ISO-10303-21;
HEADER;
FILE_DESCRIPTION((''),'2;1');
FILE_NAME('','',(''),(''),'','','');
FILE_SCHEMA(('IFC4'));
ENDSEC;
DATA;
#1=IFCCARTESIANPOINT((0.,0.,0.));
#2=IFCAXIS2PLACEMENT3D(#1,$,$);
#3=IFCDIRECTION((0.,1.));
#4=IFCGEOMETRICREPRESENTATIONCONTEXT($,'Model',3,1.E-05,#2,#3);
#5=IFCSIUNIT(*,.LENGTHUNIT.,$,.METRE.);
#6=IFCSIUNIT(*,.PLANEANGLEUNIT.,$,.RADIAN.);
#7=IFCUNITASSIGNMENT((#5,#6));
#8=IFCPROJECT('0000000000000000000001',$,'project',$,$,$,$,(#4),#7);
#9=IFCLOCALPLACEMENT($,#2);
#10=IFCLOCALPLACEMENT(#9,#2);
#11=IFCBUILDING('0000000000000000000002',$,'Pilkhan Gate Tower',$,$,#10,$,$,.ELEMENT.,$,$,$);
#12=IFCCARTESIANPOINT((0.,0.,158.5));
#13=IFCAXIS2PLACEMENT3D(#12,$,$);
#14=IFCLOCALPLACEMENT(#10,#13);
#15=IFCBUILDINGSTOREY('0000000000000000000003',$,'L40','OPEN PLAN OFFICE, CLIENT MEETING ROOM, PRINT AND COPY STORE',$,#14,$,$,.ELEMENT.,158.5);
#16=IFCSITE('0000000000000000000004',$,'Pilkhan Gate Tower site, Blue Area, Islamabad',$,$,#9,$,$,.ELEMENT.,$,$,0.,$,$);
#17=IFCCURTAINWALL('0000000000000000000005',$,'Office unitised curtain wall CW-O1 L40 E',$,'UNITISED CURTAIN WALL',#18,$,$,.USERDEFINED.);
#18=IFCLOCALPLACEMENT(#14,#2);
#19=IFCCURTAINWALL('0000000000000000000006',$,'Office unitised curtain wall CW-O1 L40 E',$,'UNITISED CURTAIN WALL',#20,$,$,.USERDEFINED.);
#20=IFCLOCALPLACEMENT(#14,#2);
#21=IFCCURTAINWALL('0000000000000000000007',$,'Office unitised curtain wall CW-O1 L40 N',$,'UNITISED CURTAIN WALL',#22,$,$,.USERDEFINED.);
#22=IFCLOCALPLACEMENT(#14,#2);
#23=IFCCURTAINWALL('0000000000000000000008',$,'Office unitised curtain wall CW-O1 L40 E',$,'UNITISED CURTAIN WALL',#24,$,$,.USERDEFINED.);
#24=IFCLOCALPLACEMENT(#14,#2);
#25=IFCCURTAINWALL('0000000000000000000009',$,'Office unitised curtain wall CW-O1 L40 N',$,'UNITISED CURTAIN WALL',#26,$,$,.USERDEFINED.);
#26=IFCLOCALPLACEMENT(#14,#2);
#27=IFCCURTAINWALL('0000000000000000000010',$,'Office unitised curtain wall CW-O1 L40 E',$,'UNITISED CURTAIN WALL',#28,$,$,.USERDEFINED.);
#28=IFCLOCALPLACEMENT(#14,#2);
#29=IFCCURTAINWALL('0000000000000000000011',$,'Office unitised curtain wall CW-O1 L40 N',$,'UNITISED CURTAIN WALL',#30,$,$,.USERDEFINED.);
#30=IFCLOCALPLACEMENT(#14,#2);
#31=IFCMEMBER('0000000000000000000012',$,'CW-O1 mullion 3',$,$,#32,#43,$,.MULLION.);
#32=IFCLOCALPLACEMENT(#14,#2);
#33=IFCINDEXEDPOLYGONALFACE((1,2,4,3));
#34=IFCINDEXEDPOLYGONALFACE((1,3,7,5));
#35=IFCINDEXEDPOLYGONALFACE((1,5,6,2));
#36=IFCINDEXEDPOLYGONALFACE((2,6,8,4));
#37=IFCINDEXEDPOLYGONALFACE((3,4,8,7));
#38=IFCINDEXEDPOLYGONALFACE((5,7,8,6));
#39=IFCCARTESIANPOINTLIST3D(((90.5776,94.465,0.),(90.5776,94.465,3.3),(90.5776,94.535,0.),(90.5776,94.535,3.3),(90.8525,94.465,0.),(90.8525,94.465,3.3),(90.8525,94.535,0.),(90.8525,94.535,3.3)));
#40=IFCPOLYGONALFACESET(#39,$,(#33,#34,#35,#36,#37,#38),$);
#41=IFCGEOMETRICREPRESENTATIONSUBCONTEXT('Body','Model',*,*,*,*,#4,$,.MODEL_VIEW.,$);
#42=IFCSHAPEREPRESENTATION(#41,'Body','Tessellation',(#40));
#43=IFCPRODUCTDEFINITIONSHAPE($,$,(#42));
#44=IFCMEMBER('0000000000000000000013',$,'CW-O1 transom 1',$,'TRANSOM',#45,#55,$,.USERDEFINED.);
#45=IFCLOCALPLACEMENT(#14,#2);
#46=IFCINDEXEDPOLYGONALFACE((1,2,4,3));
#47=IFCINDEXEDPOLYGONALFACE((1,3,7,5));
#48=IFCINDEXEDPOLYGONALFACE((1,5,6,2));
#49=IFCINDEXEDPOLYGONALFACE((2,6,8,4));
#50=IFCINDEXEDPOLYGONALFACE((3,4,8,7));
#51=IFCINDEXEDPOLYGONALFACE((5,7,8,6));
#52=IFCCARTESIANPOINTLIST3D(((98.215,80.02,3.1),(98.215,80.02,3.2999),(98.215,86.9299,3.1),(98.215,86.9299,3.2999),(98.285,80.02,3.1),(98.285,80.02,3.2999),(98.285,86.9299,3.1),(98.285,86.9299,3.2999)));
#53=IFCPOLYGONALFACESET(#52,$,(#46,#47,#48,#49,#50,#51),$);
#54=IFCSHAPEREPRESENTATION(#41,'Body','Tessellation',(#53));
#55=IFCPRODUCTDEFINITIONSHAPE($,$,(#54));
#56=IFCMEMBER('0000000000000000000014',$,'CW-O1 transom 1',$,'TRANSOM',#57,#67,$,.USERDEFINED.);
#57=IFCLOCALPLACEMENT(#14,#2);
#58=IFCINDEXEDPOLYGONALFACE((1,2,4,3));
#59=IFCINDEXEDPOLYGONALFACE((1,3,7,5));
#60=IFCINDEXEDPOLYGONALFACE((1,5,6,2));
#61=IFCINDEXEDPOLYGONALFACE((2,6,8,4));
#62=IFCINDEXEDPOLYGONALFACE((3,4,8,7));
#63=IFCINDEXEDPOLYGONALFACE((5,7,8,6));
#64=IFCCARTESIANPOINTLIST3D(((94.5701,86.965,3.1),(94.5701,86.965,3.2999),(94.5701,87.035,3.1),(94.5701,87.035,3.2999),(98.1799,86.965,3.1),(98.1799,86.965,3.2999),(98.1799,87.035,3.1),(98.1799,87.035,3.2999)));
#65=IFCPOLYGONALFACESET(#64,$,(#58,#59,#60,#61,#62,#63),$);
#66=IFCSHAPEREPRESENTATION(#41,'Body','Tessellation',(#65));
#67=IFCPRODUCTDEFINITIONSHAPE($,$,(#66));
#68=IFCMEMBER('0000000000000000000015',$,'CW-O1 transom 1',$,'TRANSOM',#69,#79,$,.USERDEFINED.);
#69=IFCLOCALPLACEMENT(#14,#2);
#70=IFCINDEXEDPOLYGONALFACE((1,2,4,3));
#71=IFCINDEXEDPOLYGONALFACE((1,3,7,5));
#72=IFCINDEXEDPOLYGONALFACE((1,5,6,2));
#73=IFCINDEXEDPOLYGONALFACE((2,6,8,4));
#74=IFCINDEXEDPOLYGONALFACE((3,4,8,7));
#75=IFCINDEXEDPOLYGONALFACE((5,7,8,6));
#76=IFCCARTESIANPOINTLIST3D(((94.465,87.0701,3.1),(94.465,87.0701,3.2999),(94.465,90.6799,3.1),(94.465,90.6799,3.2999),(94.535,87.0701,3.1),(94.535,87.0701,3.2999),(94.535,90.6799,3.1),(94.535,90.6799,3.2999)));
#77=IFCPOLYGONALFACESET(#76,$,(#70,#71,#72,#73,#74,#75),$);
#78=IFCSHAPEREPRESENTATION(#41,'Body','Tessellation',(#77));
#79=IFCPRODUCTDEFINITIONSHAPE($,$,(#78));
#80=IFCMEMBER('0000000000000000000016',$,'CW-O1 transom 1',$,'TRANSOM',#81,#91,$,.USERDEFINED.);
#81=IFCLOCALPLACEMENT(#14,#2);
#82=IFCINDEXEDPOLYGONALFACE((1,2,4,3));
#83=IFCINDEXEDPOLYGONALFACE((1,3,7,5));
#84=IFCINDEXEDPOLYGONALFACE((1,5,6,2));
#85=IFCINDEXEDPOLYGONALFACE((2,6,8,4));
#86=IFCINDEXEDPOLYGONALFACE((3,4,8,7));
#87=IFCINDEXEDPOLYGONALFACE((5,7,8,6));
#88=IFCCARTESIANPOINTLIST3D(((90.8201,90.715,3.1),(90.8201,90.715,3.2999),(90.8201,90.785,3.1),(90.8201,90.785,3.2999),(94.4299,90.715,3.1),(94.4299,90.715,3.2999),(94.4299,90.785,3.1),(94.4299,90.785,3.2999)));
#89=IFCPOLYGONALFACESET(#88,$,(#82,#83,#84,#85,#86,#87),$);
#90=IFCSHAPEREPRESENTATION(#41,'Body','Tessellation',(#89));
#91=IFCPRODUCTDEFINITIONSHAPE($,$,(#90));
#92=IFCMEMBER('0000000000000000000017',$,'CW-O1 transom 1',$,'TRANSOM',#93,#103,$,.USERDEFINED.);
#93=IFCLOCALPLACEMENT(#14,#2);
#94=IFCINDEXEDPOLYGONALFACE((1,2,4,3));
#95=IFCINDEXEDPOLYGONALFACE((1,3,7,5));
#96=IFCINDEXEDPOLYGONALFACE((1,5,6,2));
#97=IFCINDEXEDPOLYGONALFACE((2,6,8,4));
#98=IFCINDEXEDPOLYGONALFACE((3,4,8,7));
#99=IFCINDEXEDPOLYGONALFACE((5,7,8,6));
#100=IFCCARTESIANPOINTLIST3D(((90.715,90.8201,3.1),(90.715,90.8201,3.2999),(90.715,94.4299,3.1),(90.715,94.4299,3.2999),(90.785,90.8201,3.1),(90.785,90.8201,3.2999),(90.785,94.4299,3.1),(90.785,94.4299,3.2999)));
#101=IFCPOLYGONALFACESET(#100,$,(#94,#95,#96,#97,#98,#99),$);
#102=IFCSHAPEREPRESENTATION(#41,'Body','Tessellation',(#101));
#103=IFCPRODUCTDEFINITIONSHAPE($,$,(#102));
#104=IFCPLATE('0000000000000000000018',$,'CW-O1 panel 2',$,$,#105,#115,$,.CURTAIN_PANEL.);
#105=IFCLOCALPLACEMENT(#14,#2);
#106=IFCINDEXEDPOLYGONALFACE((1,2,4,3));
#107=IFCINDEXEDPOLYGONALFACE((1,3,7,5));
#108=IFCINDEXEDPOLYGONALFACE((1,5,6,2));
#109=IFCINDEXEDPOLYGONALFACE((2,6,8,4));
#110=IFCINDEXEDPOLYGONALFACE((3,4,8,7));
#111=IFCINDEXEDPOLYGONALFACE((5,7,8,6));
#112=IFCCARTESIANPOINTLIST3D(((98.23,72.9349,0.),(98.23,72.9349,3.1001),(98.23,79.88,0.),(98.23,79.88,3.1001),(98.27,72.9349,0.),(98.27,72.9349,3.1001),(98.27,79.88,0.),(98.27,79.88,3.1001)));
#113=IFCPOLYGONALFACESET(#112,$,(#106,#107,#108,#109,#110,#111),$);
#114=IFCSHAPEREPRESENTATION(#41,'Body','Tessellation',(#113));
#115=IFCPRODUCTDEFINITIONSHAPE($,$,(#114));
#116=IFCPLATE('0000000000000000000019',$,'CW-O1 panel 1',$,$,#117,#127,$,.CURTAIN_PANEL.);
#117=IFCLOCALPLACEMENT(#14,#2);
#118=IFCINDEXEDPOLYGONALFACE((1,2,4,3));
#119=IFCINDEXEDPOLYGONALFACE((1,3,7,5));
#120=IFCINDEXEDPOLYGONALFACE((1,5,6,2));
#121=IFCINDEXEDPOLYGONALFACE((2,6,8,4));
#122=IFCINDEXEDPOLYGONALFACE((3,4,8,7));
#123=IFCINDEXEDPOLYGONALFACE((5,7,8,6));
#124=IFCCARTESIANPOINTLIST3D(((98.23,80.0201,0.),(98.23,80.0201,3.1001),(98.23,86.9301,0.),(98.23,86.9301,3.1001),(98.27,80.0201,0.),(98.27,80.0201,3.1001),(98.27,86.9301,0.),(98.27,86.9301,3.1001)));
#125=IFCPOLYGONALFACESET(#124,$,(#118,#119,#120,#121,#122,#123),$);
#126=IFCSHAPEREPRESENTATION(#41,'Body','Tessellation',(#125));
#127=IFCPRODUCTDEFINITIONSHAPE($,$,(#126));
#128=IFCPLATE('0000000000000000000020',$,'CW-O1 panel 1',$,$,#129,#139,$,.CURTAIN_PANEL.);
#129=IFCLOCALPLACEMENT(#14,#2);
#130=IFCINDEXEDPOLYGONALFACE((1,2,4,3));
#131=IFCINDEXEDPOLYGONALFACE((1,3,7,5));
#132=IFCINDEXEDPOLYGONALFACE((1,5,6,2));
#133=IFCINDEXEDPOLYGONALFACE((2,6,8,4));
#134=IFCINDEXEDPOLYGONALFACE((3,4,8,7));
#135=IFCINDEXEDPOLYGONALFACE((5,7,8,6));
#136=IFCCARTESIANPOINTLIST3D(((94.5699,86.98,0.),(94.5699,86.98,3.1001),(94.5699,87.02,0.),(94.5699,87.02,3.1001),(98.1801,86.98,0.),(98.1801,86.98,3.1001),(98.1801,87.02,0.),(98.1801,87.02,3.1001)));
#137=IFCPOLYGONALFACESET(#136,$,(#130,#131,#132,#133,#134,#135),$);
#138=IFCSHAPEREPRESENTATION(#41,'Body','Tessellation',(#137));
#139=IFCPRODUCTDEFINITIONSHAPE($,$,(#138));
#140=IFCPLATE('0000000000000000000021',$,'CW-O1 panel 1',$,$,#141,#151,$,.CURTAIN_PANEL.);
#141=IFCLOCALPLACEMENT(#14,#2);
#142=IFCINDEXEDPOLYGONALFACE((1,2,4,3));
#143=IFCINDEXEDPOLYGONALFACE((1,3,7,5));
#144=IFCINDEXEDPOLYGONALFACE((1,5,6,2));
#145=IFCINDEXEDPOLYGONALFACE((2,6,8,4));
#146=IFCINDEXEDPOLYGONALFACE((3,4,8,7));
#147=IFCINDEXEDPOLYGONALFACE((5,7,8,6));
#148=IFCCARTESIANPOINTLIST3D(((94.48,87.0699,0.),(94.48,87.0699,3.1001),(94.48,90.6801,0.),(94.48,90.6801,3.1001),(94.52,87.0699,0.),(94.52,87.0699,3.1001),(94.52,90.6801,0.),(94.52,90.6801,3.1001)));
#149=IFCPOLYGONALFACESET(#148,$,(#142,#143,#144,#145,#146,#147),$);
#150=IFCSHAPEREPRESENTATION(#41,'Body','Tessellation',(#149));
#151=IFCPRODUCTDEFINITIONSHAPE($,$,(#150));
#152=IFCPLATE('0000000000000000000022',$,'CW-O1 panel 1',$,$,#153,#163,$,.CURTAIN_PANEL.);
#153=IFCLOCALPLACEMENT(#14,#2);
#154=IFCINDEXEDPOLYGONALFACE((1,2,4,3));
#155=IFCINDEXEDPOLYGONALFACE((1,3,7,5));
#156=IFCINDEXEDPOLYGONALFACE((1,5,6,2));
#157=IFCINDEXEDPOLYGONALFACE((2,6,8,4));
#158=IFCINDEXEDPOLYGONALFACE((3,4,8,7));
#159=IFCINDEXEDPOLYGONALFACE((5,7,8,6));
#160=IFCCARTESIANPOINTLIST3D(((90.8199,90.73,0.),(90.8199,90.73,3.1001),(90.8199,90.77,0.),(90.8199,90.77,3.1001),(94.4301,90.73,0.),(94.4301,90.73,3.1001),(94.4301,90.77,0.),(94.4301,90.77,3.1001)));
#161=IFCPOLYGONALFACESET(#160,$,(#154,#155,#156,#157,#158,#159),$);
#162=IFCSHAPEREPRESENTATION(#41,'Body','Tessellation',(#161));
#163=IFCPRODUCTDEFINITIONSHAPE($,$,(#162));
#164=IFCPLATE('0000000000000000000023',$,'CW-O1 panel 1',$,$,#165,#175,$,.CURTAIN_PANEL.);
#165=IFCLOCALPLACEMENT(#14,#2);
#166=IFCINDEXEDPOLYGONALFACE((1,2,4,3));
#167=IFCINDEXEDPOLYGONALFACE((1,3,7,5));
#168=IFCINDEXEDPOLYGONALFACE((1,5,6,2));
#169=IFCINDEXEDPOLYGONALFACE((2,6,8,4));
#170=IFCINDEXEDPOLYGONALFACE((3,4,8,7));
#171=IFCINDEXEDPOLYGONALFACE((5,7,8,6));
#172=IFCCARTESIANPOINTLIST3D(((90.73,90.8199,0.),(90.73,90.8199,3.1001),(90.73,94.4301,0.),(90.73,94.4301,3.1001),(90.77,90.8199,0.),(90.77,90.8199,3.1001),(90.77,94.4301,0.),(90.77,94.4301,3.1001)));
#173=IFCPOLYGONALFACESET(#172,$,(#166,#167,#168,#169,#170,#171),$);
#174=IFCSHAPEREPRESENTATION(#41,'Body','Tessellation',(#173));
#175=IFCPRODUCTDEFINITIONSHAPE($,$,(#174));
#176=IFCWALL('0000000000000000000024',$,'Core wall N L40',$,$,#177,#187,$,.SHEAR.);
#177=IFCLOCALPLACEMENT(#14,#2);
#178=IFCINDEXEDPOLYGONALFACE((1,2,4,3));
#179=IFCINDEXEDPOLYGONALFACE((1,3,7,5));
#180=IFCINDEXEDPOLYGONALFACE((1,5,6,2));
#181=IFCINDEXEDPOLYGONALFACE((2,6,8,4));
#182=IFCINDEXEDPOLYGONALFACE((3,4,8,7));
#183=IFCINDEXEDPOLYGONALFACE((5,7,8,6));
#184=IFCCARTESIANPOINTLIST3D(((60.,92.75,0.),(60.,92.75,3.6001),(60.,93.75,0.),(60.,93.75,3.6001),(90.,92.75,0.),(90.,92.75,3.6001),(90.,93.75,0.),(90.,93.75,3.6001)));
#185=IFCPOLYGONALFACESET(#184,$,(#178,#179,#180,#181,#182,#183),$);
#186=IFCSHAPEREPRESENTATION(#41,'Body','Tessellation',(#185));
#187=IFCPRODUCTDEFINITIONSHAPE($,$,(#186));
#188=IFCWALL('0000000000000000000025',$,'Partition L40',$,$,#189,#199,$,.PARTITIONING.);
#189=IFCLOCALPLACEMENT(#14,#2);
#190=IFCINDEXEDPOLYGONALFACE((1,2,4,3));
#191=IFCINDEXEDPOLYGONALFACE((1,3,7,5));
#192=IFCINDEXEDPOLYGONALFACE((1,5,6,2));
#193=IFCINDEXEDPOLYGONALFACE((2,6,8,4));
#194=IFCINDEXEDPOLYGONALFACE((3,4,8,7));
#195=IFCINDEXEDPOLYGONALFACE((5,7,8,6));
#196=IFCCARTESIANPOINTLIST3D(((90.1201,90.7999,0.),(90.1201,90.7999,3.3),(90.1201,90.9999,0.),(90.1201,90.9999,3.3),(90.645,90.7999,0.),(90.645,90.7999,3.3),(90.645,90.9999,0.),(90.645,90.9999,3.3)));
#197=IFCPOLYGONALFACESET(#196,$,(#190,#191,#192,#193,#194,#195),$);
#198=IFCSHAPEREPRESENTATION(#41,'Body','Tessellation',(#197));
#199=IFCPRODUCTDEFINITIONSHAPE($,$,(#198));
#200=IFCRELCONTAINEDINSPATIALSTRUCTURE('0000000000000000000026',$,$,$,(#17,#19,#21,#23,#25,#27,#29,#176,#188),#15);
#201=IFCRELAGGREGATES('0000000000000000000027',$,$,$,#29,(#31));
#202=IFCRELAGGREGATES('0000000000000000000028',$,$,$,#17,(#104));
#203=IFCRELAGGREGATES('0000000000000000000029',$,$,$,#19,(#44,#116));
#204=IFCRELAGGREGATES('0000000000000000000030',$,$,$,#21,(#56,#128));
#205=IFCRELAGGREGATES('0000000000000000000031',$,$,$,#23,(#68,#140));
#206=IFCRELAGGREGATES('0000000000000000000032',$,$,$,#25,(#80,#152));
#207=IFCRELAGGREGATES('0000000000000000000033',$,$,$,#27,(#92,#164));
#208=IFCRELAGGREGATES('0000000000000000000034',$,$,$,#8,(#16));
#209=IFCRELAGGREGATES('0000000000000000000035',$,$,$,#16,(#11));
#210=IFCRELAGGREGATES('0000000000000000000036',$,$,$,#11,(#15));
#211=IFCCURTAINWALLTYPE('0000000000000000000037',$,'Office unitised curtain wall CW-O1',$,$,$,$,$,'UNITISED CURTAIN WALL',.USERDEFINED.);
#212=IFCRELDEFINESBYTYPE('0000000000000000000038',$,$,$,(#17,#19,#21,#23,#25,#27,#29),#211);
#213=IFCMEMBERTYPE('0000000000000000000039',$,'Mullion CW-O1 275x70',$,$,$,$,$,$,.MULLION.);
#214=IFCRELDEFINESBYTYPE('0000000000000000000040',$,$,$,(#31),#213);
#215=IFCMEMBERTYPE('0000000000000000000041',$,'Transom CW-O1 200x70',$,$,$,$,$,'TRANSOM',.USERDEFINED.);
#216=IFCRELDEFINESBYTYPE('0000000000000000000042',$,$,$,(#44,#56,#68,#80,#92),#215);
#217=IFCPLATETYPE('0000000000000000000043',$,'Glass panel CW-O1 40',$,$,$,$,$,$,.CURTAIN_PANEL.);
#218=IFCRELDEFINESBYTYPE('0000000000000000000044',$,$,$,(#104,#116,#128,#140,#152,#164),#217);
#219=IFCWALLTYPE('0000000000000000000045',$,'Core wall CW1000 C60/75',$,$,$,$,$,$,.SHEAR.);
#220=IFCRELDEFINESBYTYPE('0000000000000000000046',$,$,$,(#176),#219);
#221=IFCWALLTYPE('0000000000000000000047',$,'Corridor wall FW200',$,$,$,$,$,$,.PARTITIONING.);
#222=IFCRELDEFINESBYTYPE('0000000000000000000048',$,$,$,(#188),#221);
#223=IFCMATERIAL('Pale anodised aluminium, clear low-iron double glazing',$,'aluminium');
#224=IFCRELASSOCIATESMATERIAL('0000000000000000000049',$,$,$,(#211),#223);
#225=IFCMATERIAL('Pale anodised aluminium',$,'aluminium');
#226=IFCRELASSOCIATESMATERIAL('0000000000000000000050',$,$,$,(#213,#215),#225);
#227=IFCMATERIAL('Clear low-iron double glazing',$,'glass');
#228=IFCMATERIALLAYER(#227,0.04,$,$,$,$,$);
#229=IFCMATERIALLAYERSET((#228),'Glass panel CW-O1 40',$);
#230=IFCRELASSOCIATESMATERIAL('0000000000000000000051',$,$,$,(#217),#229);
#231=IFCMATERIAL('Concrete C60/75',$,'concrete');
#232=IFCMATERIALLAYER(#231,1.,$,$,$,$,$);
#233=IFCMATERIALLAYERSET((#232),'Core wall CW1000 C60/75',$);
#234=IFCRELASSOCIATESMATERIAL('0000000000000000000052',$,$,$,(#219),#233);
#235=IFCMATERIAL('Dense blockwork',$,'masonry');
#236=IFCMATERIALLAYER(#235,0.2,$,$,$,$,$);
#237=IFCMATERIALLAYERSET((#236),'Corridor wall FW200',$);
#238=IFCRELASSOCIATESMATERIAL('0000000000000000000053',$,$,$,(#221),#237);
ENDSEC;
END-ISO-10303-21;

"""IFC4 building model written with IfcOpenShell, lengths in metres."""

from ifc_helpers import new_model, si_unit, direction, frame, frame_2d, origin, origin_2d, place, context, subcontext, project, spatial, rectangle, extrude, material, layer, layer_set, material_profile, profile_set, type_object, element, aggregate, save


model = new_model("IFC4")

# Units and contexts
model_context = context("Model", 3, precision=1e-05, world=origin(), true_north=direction((0.0, 1.0)))
body_context = subcontext(model_context, "Body", "Model", "MODEL_VIEW")
ifc_project = project(units=[si_unit("LENGTHUNIT", "METRE"), si_unit("PLANEANGLEUNIT", "RADIAN")], contexts=[model_context])

# Site, building, storey
site_placement = place(None, origin())
site = spatial("IfcSite", under=ifc_project, at=site_placement, Name="Pilkhan Gate Tower site, Blue Area, Islamabad", CompositionType="ELEMENT", RefElevation=0.0)
building_placement = place(site_placement, origin())
building = spatial("IfcBuilding", under=site, at=building_placement, Name="Pilkhan Gate Tower", CompositionType="ELEMENT")
storey_placement = place(building_placement, frame((0.0, 0.0, 158.5)))
storey = spatial("IfcBuildingStorey", under=building, at=storey_placement, Name="L40", Description="OPEN PLAN OFFICE, CLIENT MEETING ROOM, PRINT AND COPY STORE", CompositionType="ELEMENT", Elevation=158.5)

# Shared definitions
ifc_material_1 = material(Name="Concrete C60/75", Category="concrete")

# Curtain wall
ifc_material_2 = material(Name="Pale anodised aluminium, clear low-iron double glazing", Category="aluminium")
curtain_wall_type = type_object("IfcCurtainWallType", Name="Office unitised curtain wall CW-O1", ElementType="UNITISED CURTAIN WALL", PredefinedType="USERDEFINED", material=ifc_material_2)
curtain_wall_1_placement = place(storey_placement, origin())
curtain_wall_1 = element("IfcCurtainWall", 1, at=curtain_wall_1_placement, inside=storey, type_object=curtain_wall_type, Name="Office unitised curtain wall CW-O1 L40 E", ObjectType="UNITISED CURTAIN WALL", PredefinedType="USERDEFINED")
ifc_material_3 = material(Name="Pale anodised aluminium", Category="aluminium")
ifc_material_profile_1 = material_profile(ifc_material_3, rectangle(XDim=0.0701, YDim=0.2749, at=origin_2d()), Name="Mullion 275x70")
ifc_profile_set_1 = profile_set([ifc_material_profile_1], Name="Pale anodised aluminium")
member_type_1 = type_object("IfcMemberType", Name="Mullion CW-O1 275x70", PredefinedType="MULLION", material=ifc_profile_set_1)

# Curtain walls
curtain_wall_2_placement = place(storey_placement, origin())
curtain_wall_2 = element("IfcCurtainWall", 2, at=curtain_wall_2_placement, inside=storey, type_object=curtain_wall_type, Name="Office unitised curtain wall CW-O1 L40 E", ObjectType="UNITISED CURTAIN WALL", PredefinedType="USERDEFINED")
curtain_wall_3_placement = place(storey_placement, origin())
curtain_wall_3 = element("IfcCurtainWall", 3, at=curtain_wall_3_placement, inside=storey, type_object=curtain_wall_type, Name="Office unitised curtain wall CW-O1 L40 N", ObjectType="UNITISED CURTAIN WALL", PredefinedType="USERDEFINED")
curtain_wall_4_placement = place(storey_placement, origin())
curtain_wall_4 = element("IfcCurtainWall", 4, at=curtain_wall_4_placement, inside=storey, type_object=curtain_wall_type, Name="Office unitised curtain wall CW-O1 L40 E", ObjectType="UNITISED CURTAIN WALL", PredefinedType="USERDEFINED")
curtain_wall_5_placement = place(storey_placement, origin())
curtain_wall_5 = element("IfcCurtainWall", 5, at=curtain_wall_5_placement, inside=storey, type_object=curtain_wall_type, Name="Office unitised curtain wall CW-O1 L40 N", ObjectType="UNITISED CURTAIN WALL", PredefinedType="USERDEFINED")
curtain_wall_6_placement = place(storey_placement, origin())
curtain_wall_6 = element("IfcCurtainWall", 6, at=curtain_wall_6_placement, inside=storey, type_object=curtain_wall_type, Name="Office unitised curtain wall CW-O1 L40 E", ObjectType="UNITISED CURTAIN WALL", PredefinedType="USERDEFINED")

# Curtain wall, member
curtain_wall_7_placement = place(storey_placement, origin())
curtain_wall_7 = element("IfcCurtainWall", 7, at=curtain_wall_7_placement, inside=storey, type_object=curtain_wall_type, Name="Office unitised curtain wall CW-O1 L40 N", ObjectType="UNITISED CURTAIN WALL", PredefinedType="USERDEFINED")
member_1_placement = place(storey_placement, frame((90.7151, 94.5, 0.0), z_axis=(0.0, 0.0, 1.0), x_axis=(0.0, 1.0, 0.0)))
member_1 = element("IfcMember", 8, at=member_1_placement, type_object=member_type_1, Name="CW-O1 mullion 3", PredefinedType="MULLION", context=body_context, shape_type="SweptSolid", body=[
    extrude(rectangle(XDim=0.0701, YDim=0.2749, at=origin_2d()), origin(), (0.0, 0.0, 1.0), 3.3),
])
aggregate(curtain_wall_7, [member_1])

# Members
ifc_material_profile_2 = material_profile(ifc_material_3, rectangle(XDim=0.0701, YDim=0.2, at=origin_2d()), Name="Transom 200x70")
ifc_profile_set_2 = profile_set([ifc_material_profile_2], Name="Pale anodised aluminium")
member_type_2 = type_object("IfcMemberType", Name="Transom CW-O1 200x70", ElementType="TRANSOM", PredefinedType="USERDEFINED", material=ifc_profile_set_2)
member_2_placement = place(storey_placement, frame((98.25, 80.02, 3.2), z_axis=(0.0, 1.0, 0.0), x_axis=(-1.0, 0.0, 0.0)))
member_2 = element("IfcMember", 9, at=member_2_placement, type_object=member_type_2, Name="CW-O1 transom 1", ObjectType="TRANSOM", PredefinedType="USERDEFINED", context=body_context, shape_type="SweptSolid", body=[
    extrude(rectangle(XDim=0.0701, YDim=0.2, at=origin_2d()), origin(), (0.0, 0.0, 1.0), 6.9099),
])
member_3_placement = place(storey_placement, frame((94.5701, 87.0, 3.2), z_axis=(1.0, 0.0, 0.0), x_axis=(0.0, 1.0, 0.0)))
member_3 = element("IfcMember", 10, at=member_3_placement, type_object=member_type_2, Name="CW-O1 transom 1", ObjectType="TRANSOM", PredefinedType="USERDEFINED", context=body_context, shape_type="SweptSolid", body=[
    extrude(rectangle(XDim=0.0701, YDim=0.2, at=origin_2d()), origin(), (0.0, 0.0, 1.0), 3.6099),
])
member_4_placement = place(storey_placement, frame((94.5, 87.0701, 3.2), z_axis=(0.0, 1.0, 0.0), x_axis=(-1.0, 0.0, 0.0)))
member_4 = element("IfcMember", 11, at=member_4_placement, type_object=member_type_2, Name="CW-O1 transom 1", ObjectType="TRANSOM", PredefinedType="USERDEFINED", context=body_context, shape_type="SweptSolid", body=[
    extrude(rectangle(XDim=0.0701, YDim=0.2, at=origin_2d()), origin(), (0.0, 0.0, 1.0), 3.6099),
])
member_5_placement = place(storey_placement, frame((90.8201, 90.75, 3.2), z_axis=(1.0, 0.0, 0.0), x_axis=(0.0, 1.0, 0.0)))
member_5 = element("IfcMember", 12, at=member_5_placement, type_object=member_type_2, Name="CW-O1 transom 1", ObjectType="TRANSOM", PredefinedType="USERDEFINED", context=body_context, shape_type="SweptSolid", body=[
    extrude(rectangle(XDim=0.0701, YDim=0.2, at=origin_2d()), origin(), (0.0, 0.0, 1.0), 3.6099),
])
member_6_placement = place(storey_placement, frame((90.75, 90.8201, 3.2), z_axis=(0.0, 1.0, 0.0), x_axis=(-1.0, 0.0, 0.0)))
member_6 = element("IfcMember", 13, at=member_6_placement, type_object=member_type_2, Name="CW-O1 transom 1", ObjectType="TRANSOM", PredefinedType="USERDEFINED", context=body_context, shape_type="SweptSolid", body=[
    extrude(rectangle(XDim=0.0701, YDim=0.2, at=origin_2d()), origin(), (0.0, 0.0, 1.0), 3.6099),
])

# Plates
ifc_material_4 = material(Name="Clear low-iron double glazing", Category="glass")
ifc_layer_1 = layer(ifc_material_4, 0.04)
ifc_layer_set_1 = layer_set([ifc_layer_1], Name="Glass panel CW-O1 40")
plate_type = type_object("IfcPlateType", Name="Glass panel CW-O1 40", PredefinedType="CURTAIN_PANEL", material=ifc_layer_set_1)
plate_1_placement = place(storey_placement, frame((98.25, 76.4075, 0.0), z_axis=(0.0, 0.0, 1.0), x_axis=(0.0, 1.0, 0.0)))
plate_1 = element("IfcPlate", 14, at=plate_1_placement, type_object=plate_type, Name="CW-O1 panel 2", PredefinedType="CURTAIN_PANEL", context=body_context, shape_type="SweptSolid", body=[
    extrude(rectangle(XDim=6.9451, YDim=0.04, at=origin_2d()), origin(), (0.0, 0.0, 1.0), 3.1001),
])
aggregate(curtain_wall_1, [plate_1])
plate_2_placement = place(storey_placement, frame((98.25, 83.4751, 0.0), z_axis=(0.0, 0.0, 1.0), x_axis=(0.0, 1.0, 0.0)))
plate_2 = element("IfcPlate", 15, at=plate_2_placement, type_object=plate_type, Name="CW-O1 panel 1", PredefinedType="CURTAIN_PANEL", context=body_context, shape_type="SweptSolid", body=[
    extrude(rectangle(XDim=6.9099, YDim=0.04, at=origin_2d()), origin(), (0.0, 0.0, 1.0), 3.1001),
])
aggregate(curtain_wall_2, [member_2, plate_2])
plate_3_placement = place(storey_placement, frame((96.375, 87.0, 0.0), z_axis=(0.0, 0.0, 1.0), x_axis=(1.0, 0.0, 0.0)))
plate_3 = element("IfcPlate", 16, at=plate_3_placement, type_object=plate_type, Name="CW-O1 panel 1", PredefinedType="CURTAIN_PANEL", context=body_context, shape_type="SweptSolid", body=[
    extrude(rectangle(XDim=3.6101, YDim=0.04, at=origin_2d()), origin(), (0.0, 0.0, 1.0), 3.1001),
])
aggregate(curtain_wall_3, [member_3, plate_3])
plate_4_placement = place(storey_placement, frame((94.5, 88.875, 0.0), z_axis=(0.0, 0.0, 1.0), x_axis=(0.0, 1.0, 0.0)))
plate_4 = element("IfcPlate", 17, at=plate_4_placement, type_object=plate_type, Name="CW-O1 panel 1", PredefinedType="CURTAIN_PANEL", context=body_context, shape_type="SweptSolid", body=[
    extrude(rectangle(XDim=3.6101, YDim=0.04, at=origin_2d()), origin(), (0.0, 0.0, 1.0), 3.1001),
])
aggregate(curtain_wall_4, [member_4, plate_4])
plate_5_placement = place(storey_placement, frame((92.625, 90.75, 0.0), z_axis=(0.0, 0.0, 1.0), x_axis=(1.0, 0.0, 0.0)))
plate_5 = element("IfcPlate", 18, at=plate_5_placement, type_object=plate_type, Name="CW-O1 panel 1", PredefinedType="CURTAIN_PANEL", context=body_context, shape_type="SweptSolid", body=[
    extrude(rectangle(XDim=3.6101, YDim=0.04, at=origin_2d()), origin(), (0.0, 0.0, 1.0), 3.1001),
])
aggregate(curtain_wall_5, [member_5, plate_5])
plate_6_placement = place(storey_placement, frame((90.75, 92.625, 0.0), z_axis=(0.0, 0.0, 1.0), x_axis=(0.0, 1.0, 0.0)))
plate_6 = element("IfcPlate", 19, at=plate_6_placement, type_object=plate_type, Name="CW-O1 panel 1", PredefinedType="CURTAIN_PANEL", context=body_context, shape_type="SweptSolid", body=[
    extrude(rectangle(XDim=3.6101, YDim=0.04, at=origin_2d()), origin(), (0.0, 0.0, 1.0), 3.1001),
])
aggregate(curtain_wall_6, [member_6, plate_6])

# Walls
ifc_layer_2 = layer(ifc_material_1, 1.0)
ifc_layer_set_2 = layer_set([ifc_layer_2], Name="Core wall CW1000 C60/75")
wall_type_1 = type_object("IfcWallType", Name="Core wall CW1000 C60/75", PredefinedType="SHEAR", material=ifc_layer_set_2)
wall_1_placement = place(storey_placement, frame((90.0, 93.25, 0.0), z_axis=(0.0, 0.0, 1.0), x_axis=(-1.0, 0.0, 0.0)))
element("IfcWall", 20, at=wall_1_placement, inside=storey, type_object=wall_type_1, Name="Core wall N L40", PredefinedType="SHEAR", context=body_context, shape_type="SweptSolid", body=[
    extrude(rectangle(XDim=30.0, YDim=1.0, at=frame_2d((15.0, 0.0))), origin(), (0.0, 0.0, 1.0), 3.6001),
])
ifc_material_5 = material(Name="Dense blockwork", Category="masonry")
ifc_layer_3 = layer(ifc_material_5, 0.2)
ifc_layer_set_3 = layer_set([ifc_layer_3], Name="Corridor wall FW200")
wall_type_2 = type_object("IfcWallType", Name="Corridor wall FW200", PredefinedType="PARTITIONING", material=ifc_layer_set_3)
wall_2_placement = place(storey_placement, frame((90.1201, 90.8999, 0.0), z_axis=(0.0, 0.0, 1.0), x_axis=(1.0, 0.0, 0.0)))
element("IfcWall", 21, at=wall_2_placement, inside=storey, type_object=wall_type_2, Name="Partition L40", PredefinedType="PARTITIONING", context=body_context, shape_type="SweptSolid", body=[
    extrude(rectangle(XDim=0.5249, YDim=0.2, at=frame_2d((0.2625, 0.0))), origin(), (0.0, 0.0, 1.0), 3.3),
])

save(model, "model.ifc")
